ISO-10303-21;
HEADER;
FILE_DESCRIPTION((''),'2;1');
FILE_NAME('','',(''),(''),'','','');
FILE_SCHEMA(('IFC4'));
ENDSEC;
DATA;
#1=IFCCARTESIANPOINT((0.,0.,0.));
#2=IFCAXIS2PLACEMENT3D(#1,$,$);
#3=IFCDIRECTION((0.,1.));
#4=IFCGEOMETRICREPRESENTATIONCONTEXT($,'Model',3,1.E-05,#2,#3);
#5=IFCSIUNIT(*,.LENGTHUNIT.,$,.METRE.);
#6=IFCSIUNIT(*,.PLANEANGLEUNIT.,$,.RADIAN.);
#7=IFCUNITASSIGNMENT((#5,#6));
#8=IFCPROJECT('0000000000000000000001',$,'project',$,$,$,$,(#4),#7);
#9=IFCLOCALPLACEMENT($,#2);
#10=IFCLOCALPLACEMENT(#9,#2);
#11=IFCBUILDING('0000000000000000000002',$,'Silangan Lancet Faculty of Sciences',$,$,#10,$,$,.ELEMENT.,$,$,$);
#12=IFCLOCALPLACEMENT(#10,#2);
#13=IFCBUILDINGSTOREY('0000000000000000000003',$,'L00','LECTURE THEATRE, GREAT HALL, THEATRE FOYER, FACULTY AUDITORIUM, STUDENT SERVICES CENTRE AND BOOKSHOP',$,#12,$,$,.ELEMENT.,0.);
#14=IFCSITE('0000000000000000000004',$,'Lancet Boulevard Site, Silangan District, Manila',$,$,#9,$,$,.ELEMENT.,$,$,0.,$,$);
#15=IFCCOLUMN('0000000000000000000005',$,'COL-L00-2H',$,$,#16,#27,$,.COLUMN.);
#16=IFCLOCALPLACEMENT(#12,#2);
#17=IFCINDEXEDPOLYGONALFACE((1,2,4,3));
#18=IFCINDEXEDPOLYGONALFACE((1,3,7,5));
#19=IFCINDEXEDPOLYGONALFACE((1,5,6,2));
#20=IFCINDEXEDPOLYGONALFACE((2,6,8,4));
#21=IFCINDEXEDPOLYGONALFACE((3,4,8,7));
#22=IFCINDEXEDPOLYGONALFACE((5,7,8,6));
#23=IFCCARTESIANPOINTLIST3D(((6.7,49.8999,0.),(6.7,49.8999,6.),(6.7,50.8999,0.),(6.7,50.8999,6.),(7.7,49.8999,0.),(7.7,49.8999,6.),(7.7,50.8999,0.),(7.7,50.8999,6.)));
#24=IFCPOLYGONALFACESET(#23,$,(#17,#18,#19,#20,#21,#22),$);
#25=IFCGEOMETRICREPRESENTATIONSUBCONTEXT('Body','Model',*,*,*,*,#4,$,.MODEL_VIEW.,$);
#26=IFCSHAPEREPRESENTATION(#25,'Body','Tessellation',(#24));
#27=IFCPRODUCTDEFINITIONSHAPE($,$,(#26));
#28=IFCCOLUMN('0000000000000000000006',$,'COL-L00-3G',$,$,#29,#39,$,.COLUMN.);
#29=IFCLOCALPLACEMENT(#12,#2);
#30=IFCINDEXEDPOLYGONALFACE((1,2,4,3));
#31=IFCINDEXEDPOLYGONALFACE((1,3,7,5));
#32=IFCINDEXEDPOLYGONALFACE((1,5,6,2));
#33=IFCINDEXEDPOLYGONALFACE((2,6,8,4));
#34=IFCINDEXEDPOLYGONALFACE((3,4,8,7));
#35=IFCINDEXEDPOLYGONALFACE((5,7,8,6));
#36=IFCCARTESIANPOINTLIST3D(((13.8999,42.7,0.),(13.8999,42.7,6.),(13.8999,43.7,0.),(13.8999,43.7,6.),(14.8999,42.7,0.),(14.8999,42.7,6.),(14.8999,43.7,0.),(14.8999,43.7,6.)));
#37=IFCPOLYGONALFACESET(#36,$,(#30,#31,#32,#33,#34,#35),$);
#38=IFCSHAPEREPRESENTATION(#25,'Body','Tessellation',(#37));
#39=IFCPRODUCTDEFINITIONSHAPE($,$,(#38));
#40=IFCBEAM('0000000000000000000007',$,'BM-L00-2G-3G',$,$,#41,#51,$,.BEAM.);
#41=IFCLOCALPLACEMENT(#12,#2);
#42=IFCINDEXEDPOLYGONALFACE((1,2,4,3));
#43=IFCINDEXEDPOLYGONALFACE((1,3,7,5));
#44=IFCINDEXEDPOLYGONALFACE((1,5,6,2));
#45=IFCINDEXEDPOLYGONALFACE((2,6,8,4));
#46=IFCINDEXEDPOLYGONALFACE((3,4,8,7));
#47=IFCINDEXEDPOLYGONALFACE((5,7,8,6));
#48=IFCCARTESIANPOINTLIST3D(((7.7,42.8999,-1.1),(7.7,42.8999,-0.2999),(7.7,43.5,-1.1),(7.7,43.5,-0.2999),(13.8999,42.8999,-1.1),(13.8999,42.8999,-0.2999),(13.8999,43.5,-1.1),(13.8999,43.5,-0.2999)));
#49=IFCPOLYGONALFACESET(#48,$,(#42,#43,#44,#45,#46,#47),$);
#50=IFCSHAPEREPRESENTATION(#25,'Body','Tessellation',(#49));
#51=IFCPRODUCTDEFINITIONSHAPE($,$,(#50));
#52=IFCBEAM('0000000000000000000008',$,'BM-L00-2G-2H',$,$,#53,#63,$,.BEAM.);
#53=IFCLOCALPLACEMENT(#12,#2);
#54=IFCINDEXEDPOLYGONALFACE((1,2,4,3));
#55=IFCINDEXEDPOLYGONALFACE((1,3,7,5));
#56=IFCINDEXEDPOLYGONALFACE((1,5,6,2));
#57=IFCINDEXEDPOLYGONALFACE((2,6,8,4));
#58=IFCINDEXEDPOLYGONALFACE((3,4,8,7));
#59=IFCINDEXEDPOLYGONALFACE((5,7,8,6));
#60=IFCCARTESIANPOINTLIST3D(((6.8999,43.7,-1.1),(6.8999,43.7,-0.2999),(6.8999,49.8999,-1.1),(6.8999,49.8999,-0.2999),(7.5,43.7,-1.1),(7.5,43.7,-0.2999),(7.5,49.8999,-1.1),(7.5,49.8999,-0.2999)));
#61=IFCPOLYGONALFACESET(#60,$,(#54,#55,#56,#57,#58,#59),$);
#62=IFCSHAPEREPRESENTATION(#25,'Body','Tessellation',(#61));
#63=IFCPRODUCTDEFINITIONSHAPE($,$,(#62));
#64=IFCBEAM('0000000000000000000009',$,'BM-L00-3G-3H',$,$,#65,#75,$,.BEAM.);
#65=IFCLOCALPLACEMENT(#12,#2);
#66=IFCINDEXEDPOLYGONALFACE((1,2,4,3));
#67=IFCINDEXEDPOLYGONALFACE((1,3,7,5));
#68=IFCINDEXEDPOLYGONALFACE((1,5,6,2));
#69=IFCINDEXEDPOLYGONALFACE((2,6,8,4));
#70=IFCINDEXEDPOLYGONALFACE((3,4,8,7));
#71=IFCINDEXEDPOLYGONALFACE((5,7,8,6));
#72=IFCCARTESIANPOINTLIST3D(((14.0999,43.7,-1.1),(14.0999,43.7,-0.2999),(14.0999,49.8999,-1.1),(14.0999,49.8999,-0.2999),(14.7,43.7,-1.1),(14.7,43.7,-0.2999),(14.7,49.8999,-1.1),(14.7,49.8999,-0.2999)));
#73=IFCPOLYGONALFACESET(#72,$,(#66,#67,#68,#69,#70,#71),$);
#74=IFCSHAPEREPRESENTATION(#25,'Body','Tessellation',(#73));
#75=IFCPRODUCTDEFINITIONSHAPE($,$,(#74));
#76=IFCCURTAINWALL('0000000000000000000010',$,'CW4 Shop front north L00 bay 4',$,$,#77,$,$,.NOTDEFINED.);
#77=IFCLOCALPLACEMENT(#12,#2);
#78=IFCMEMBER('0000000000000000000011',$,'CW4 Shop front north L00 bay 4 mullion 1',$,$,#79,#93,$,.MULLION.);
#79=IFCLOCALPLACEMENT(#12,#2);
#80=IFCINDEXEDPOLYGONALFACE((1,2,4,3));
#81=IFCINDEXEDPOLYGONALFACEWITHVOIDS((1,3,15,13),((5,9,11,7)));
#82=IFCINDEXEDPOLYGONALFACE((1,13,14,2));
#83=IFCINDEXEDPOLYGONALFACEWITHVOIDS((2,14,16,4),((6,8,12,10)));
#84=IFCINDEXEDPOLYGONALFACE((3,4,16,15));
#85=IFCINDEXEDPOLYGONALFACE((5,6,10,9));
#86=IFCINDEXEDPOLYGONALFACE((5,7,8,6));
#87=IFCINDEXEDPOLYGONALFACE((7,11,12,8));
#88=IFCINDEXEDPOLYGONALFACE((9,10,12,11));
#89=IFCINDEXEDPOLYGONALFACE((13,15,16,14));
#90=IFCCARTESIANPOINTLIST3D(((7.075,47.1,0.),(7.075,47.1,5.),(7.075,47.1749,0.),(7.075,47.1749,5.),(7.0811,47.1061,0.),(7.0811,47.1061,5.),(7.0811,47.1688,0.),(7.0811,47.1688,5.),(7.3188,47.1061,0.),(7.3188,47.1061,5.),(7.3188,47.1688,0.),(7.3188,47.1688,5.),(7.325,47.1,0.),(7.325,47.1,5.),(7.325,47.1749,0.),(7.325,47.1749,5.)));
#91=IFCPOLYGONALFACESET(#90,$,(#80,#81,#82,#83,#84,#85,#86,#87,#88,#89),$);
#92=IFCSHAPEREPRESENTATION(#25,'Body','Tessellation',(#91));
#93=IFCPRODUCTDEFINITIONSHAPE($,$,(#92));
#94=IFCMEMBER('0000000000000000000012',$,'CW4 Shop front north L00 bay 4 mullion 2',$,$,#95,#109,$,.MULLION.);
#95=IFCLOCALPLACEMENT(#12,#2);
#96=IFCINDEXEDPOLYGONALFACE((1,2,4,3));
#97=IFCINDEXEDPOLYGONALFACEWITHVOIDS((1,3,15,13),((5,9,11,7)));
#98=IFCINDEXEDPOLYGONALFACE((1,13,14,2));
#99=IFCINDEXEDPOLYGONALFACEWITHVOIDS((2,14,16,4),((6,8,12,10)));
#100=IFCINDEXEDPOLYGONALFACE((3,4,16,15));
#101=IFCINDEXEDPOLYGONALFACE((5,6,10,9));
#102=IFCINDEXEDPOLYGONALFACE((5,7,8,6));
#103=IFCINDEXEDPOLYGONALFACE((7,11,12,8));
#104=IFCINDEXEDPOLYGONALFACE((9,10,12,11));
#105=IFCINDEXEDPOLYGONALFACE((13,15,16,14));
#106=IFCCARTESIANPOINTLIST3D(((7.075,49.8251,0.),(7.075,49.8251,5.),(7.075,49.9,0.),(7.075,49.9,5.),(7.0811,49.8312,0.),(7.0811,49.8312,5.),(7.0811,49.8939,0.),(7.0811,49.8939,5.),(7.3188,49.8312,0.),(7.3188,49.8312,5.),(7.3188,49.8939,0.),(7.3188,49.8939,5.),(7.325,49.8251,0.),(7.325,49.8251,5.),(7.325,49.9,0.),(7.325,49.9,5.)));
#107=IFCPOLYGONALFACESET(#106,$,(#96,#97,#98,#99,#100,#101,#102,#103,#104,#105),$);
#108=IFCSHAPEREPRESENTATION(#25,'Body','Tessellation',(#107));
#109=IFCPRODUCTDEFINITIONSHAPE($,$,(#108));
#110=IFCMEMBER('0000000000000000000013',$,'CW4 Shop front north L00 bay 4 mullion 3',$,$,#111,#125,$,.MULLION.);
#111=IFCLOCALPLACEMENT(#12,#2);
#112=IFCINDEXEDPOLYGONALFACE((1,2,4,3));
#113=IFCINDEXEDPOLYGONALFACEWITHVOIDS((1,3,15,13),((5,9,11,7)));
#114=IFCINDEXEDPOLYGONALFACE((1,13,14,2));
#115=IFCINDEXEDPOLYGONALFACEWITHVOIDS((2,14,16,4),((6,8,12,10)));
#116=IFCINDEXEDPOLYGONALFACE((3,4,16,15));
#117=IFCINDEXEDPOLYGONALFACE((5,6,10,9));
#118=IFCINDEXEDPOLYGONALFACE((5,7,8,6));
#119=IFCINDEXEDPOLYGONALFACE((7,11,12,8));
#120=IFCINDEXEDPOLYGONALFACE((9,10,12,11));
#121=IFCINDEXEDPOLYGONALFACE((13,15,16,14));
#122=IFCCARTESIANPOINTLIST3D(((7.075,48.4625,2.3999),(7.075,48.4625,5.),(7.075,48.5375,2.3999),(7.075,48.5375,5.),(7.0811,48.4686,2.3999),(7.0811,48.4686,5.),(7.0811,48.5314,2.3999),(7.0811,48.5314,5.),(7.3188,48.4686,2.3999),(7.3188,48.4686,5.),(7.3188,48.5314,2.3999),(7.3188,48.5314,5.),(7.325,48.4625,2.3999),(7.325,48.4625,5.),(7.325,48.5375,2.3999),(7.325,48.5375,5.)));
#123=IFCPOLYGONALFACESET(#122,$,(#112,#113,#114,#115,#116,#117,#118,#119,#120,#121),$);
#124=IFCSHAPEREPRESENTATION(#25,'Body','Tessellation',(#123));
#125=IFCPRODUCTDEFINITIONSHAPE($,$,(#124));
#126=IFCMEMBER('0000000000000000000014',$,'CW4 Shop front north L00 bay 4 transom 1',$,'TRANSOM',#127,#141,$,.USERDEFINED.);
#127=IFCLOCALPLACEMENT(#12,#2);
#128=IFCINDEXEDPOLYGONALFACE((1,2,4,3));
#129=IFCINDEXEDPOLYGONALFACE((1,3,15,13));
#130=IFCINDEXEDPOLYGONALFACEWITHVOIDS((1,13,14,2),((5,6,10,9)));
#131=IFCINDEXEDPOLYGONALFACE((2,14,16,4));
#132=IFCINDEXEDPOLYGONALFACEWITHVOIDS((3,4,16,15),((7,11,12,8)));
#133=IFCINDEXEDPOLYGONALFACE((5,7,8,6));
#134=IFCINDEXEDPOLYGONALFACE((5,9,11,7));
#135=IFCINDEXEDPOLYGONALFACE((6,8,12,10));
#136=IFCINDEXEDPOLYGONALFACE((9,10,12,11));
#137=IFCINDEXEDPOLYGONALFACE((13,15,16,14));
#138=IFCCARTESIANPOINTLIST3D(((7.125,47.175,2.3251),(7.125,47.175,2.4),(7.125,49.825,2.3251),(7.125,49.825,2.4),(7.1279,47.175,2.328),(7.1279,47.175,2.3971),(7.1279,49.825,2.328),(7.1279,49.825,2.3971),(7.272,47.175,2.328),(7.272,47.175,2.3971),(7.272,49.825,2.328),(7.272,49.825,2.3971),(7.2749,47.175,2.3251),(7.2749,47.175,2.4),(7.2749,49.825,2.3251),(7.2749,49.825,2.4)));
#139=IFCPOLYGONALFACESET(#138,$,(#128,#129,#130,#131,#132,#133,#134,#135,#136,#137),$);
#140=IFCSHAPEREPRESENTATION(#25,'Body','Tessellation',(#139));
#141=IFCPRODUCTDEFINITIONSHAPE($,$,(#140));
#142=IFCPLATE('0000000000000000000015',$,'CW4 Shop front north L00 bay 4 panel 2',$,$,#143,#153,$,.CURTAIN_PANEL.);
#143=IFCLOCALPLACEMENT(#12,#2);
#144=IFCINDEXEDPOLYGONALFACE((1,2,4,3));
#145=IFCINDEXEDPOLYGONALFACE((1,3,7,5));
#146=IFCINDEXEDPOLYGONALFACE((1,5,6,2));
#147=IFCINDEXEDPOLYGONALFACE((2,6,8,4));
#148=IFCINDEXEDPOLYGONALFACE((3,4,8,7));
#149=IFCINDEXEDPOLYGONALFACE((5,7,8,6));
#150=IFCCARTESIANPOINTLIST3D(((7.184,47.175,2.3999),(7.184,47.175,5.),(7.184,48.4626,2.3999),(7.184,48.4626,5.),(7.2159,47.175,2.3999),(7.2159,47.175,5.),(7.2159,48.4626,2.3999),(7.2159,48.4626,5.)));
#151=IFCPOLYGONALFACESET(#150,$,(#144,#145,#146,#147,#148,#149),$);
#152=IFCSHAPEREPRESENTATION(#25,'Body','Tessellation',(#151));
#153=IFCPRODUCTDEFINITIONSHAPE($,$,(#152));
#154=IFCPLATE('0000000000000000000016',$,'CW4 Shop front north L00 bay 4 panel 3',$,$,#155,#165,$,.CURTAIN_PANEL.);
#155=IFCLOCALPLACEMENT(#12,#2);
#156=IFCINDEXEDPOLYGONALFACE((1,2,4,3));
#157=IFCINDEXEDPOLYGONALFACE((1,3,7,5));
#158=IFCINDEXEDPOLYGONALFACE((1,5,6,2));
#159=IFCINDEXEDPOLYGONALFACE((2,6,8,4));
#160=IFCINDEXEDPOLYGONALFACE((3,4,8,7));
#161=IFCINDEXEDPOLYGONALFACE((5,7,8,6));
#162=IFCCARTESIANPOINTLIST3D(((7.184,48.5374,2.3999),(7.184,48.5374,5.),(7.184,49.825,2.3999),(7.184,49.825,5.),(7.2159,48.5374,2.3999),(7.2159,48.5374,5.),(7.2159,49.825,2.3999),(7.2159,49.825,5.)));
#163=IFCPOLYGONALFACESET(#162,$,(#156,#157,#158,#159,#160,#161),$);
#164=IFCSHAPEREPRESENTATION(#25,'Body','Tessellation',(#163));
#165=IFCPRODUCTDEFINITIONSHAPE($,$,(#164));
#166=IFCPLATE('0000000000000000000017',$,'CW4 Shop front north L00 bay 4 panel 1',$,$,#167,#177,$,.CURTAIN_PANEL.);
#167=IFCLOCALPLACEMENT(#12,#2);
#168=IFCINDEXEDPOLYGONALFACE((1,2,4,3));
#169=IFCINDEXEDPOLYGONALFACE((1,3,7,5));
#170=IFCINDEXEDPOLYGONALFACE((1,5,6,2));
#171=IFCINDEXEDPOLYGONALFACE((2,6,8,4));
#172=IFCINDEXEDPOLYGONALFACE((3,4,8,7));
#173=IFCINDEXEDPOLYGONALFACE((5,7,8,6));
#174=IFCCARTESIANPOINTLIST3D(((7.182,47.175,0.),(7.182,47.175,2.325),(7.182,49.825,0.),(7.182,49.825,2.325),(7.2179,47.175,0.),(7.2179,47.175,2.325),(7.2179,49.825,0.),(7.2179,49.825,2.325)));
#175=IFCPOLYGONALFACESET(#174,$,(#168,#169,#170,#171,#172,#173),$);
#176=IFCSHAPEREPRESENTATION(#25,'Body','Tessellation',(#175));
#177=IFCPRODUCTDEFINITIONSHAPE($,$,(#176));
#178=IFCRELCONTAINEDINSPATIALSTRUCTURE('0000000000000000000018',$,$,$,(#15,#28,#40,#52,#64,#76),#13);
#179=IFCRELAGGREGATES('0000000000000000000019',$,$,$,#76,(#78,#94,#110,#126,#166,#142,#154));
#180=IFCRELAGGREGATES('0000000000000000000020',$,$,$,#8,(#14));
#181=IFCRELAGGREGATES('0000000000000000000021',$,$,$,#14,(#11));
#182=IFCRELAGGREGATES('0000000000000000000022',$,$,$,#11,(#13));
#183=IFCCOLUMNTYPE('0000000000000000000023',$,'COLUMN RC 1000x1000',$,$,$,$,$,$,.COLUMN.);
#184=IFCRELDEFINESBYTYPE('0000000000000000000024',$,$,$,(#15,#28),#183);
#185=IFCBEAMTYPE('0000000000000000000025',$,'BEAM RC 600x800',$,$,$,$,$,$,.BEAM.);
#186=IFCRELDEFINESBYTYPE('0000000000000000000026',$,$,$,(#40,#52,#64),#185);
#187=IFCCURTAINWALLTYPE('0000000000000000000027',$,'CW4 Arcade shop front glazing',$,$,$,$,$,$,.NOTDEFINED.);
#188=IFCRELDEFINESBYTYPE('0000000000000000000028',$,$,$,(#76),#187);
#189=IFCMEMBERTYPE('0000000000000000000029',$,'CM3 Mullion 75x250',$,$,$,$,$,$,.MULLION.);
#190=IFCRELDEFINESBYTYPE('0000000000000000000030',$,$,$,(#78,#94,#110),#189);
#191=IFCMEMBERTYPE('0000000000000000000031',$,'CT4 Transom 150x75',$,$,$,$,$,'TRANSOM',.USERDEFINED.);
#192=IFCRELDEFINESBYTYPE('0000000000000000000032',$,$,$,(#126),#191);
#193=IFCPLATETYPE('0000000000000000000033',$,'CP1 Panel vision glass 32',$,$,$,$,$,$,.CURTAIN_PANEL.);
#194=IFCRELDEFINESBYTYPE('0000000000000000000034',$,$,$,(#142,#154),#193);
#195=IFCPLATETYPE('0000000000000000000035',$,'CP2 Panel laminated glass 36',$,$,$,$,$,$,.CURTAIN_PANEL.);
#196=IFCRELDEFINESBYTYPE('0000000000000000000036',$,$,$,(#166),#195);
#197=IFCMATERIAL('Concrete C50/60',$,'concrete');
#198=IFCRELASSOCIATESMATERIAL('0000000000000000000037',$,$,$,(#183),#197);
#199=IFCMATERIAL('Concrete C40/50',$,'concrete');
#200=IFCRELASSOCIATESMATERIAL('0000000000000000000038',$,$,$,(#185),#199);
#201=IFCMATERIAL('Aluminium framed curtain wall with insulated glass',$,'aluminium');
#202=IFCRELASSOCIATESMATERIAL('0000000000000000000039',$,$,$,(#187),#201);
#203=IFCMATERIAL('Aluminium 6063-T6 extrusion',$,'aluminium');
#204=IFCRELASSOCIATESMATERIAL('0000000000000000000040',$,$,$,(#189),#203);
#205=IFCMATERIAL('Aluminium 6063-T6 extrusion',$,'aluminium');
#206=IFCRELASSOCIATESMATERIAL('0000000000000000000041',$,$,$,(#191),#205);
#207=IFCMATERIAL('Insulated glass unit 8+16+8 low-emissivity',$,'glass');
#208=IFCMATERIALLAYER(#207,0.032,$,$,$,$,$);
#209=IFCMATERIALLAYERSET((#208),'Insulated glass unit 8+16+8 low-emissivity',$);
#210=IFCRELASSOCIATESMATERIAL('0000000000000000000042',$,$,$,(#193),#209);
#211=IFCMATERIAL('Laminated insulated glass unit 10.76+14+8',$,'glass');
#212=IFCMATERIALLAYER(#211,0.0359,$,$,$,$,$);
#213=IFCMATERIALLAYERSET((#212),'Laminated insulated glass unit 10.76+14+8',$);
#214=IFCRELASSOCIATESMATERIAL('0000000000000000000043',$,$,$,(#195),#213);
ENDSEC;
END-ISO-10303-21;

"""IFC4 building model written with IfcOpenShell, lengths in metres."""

from ifc_helpers import new_model, si_unit, direction, frame, origin, origin_2d, place, context, subcontext, project, spatial, rectangle, hollow_rectangle, extrude, material, layer, layer_set, material_profile, profile_set, type_object, element, aggregate, save


model = new_model("IFC4")

# Units and contexts
model_context = context("Model", 3, precision=1e-05, world=origin(), true_north=direction((0.0, 1.0)))
body_context = subcontext(model_context, "Body", "Model", "MODEL_VIEW")
ifc_project = project(units=[si_unit("LENGTHUNIT", "METRE"), si_unit("PLANEANGLEUNIT", "RADIAN")], contexts=[model_context])

# Site, building, storey
site_placement = place(None, origin())
site = spatial("IfcSite", under=ifc_project, at=site_placement, Name="Lancet Boulevard Site, Silangan District, Manila", CompositionType="ELEMENT", RefElevation=0.0)
building_placement = place(site_placement, origin())
building = spatial("IfcBuilding", under=site, at=building_placement, Name="Silangan Lancet Faculty of Sciences", CompositionType="ELEMENT")
storey_placement = place(building_placement, origin())
storey = spatial("IfcBuildingStorey", under=building, at=storey_placement, Name="L00", Description="LECTURE THEATRE, GREAT HALL, THEATRE FOYER, FACULTY AUDITORIUM, STUDENT SERVICES CENTRE AND BOOKSHOP", CompositionType="ELEMENT", Elevation=0.0)

# Columns
ifc_material_1 = material(Name="Concrete C50/60", Category="concrete")
ifc_material_profile_1 = material_profile(ifc_material_1, rectangle(XDim=1.0, YDim=1.0, at=origin_2d()), Name="RC 1000x1000")
ifc_profile_set_1 = profile_set([ifc_material_profile_1], Name="Concrete C50/60")
column_type = type_object("IfcColumnType", Name="COLUMN RC 1000x1000", PredefinedType="COLUMN", material=ifc_profile_set_1)
for number, where, z_axis, x_axis, name in (
    (1, (7.2, 50.3999, 0.0), (0.0, 0.0, 1.0), (1.0, 0.0, 0.0), "COL-L00-2H"),
    (2, (14.3999, 43.2, 0.0), (0.0, 0.0, 1.0), (1.0, 0.0, 0.0), "COL-L00-3G"),
):
    element("IfcColumn", number, at=place(storey_placement, frame(where, z_axis=z_axis, x_axis=x_axis)), inside=storey, type_object=column_type, Name=name, PredefinedType="COLUMN", context=body_context, shape_type="SweptSolid", body=[
        extrude(rectangle(XDim=1.0, YDim=1.0, at=origin_2d()), origin(), (0.0, 0.0, 1.0), 6.0),
    ])

# Beams
ifc_material_2 = material(Name="Concrete C40/50", Category="concrete")
ifc_material_profile_2 = material_profile(ifc_material_2, rectangle(XDim=0.6001, YDim=0.8, at=origin_2d()), Name="RC 600x800")
ifc_profile_set_2 = profile_set([ifc_material_profile_2], Name="Concrete C40/50")
beam_type = type_object("IfcBeamType", Name="BEAM RC 600x800", PredefinedType="BEAM", material=ifc_profile_set_2)
for number, where, z_axis, x_axis, name in (
    (3, (7.7, 43.2, -0.7), (1.0, 0.0, 0.0), (0.0, 1.0, 0.0), "BM-L00-2G-3G"),
    (4, (7.2, 43.7, -0.7), (0.0, 1.0, 0.0), (-1.0, 0.0, 0.0), "BM-L00-2G-2H"),
    (5, (14.3999, 43.7, -0.7), (0.0, 1.0, 0.0), (-1.0, 0.0, 0.0), "BM-L00-3G-3H"),
):
    element("IfcBeam", number, at=place(storey_placement, frame(where, z_axis=z_axis, x_axis=x_axis)), inside=storey, type_object=beam_type, Name=name, PredefinedType="BEAM", context=body_context, shape_type="SweptSolid", body=[
        extrude(rectangle(XDim=0.6001, YDim=0.8, at=origin_2d()), origin(), (0.0, 0.0, 1.0), 6.2),
    ])

# Curtain wall, members, plates
ifc_material_3 = material(Name="Aluminium framed curtain wall with insulated glass", Category="aluminium")
curtain_wall_type = type_object("IfcCurtainWallType", Name="CW4 Arcade shop front glazing", PredefinedType="NOTDEFINED", material=ifc_material_3)
curtain_wall_placement = place(storey_placement, origin())
curtain_wall = element("IfcCurtainWall", 6, at=curtain_wall_placement, inside=storey, type_object=curtain_wall_type, Name="CW4 Shop front north L00 bay 4", PredefinedType="NOTDEFINED")
ifc_material_4 = material(Name="Aluminium 6063-T6 extrusion", Category="aluminium")
ifc_material_profile_3 = material_profile(ifc_material_4, hollow_rectangle(XDim=0.075, YDim=0.25, WallThickness=0.0061, at=origin_2d()), Name="AL BOX 75x250x6")
ifc_profile_set_3 = profile_set([ifc_material_profile_3], Name="Aluminium 6063-T6 extrusion")
member_type_1 = type_object("IfcMemberType", Name="CM3 Mullion 75x250", PredefinedType="MULLION", material=ifc_profile_set_3)
member_1_placement = place(storey_placement, frame((7.2, 47.1375, 0.0), z_axis=(0.0, 0.0, 1.0), x_axis=(0.0, 1.0, 0.0)))
member_1 = element("IfcMember", 7, at=member_1_placement, type_object=member_type_1, Name="CW4 Shop front north L00 bay 4 mullion 1", PredefinedType="MULLION", context=body_context, shape_type="SweptSolid", body=[
    extrude(hollow_rectangle(XDim=0.075, YDim=0.25, WallThickness=0.0061, at=origin_2d()), origin(), (0.0, 0.0, 1.0), 5.0),
])
member_2_placement = place(storey_placement, frame((7.2, 49.8625, 0.0), z_axis=(0.0, 0.0, 1.0), x_axis=(0.0, 1.0, 0.0)))
member_2 = element("IfcMember", 8, at=member_2_placement, type_object=member_type_1, Name="CW4 Shop front north L00 bay 4 mullion 2", PredefinedType="MULLION", context=body_context, shape_type="SweptSolid", body=[
    extrude(hollow_rectangle(XDim=0.075, YDim=0.25, WallThickness=0.0061, at=origin_2d()), origin(), (0.0, 0.0, 1.0), 5.0),
])
member_3_placement = place(storey_placement, frame((7.2, 48.5, 2.3999), z_axis=(0.0, 0.0, 1.0), x_axis=(0.0, 1.0, 0.0)))
member_3 = element("IfcMember", 9, at=member_3_placement, type_object=member_type_1, Name="CW4 Shop front north L00 bay 4 mullion 3", PredefinedType="MULLION", context=body_context, shape_type="SweptSolid", body=[
    extrude(hollow_rectangle(XDim=0.075, YDim=0.25, WallThickness=0.0061, at=origin_2d()), origin(), (0.0, 0.0, 1.0), 2.6001),
])
ifc_material_5 = material(Name="Aluminium 6063-T6 extrusion", Category="aluminium")
ifc_material_profile_4 = material_profile(ifc_material_5, hollow_rectangle(XDim=0.1499, YDim=0.075, WallThickness=0.0029, at=origin_2d()), Name="AL BOX 150x75x3")
ifc_profile_set_4 = profile_set([ifc_material_profile_4], Name="Aluminium 6063-T6 extrusion")
member_type_2 = type_object("IfcMemberType", Name="CT4 Transom 150x75", ElementType="TRANSOM", PredefinedType="USERDEFINED", material=ifc_profile_set_4)
member_4_placement = place(storey_placement, frame((7.2, 47.175, 2.3625), z_axis=(0.0, 1.0, 0.0), x_axis=(-1.0, 0.0, 0.0)))
member_4 = element("IfcMember", 10, at=member_4_placement, type_object=member_type_2, Name="CW4 Shop front north L00 bay 4 transom 1", ObjectType="TRANSOM", PredefinedType="USERDEFINED", context=body_context, shape_type="SweptSolid", body=[
    extrude(hollow_rectangle(XDim=0.1499, YDim=0.075, WallThickness=0.0029, at=origin_2d()), origin(), (0.0, 0.0, 1.0), 2.6499),
])
ifc_material_6 = material(Name="Insulated glass unit 8+16+8 low-emissivity", Category="glass")
ifc_layer_1 = layer(ifc_material_6, 0.032)
ifc_layer_set_1 = layer_set([ifc_layer_1], Name="Insulated glass unit 8+16+8 low-emissivity")
plate_type_1 = type_object("IfcPlateType", Name="CP1 Panel vision glass 32", PredefinedType="CURTAIN_PANEL", material=ifc_layer_set_1)
plate_1_placement = place(storey_placement, frame((7.2, 47.8188, 2.3999), z_axis=(0.0, 0.0, 1.0), x_axis=(0.0, 1.0, 0.0)))
plate_1 = element("IfcPlate", 11, at=plate_1_placement, type_object=plate_type_1, Name="CW4 Shop front north L00 bay 4 panel 2", PredefinedType="CURTAIN_PANEL", context=body_context, shape_type="SweptSolid", body=[
    extrude(rectangle(XDim=1.2876, YDim=0.032, at=origin_2d()), origin(), (0.0, 0.0, 1.0), 2.6001),
])
plate_2_placement = place(storey_placement, frame((7.2, 49.1812, 2.3999), z_axis=(0.0, 0.0, 1.0), x_axis=(0.0, 1.0, 0.0)))
plate_2 = element("IfcPlate", 12, at=plate_2_placement, type_object=plate_type_1, Name="CW4 Shop front north L00 bay 4 panel 3", PredefinedType="CURTAIN_PANEL", context=body_context, shape_type="SweptSolid", body=[
    extrude(rectangle(XDim=1.2876, YDim=0.032, at=origin_2d()), origin(), (0.0, 0.0, 1.0), 2.6001),
])
ifc_material_7 = material(Name="Laminated insulated glass unit 10.76+14+8", Category="glass")
ifc_layer_2 = layer(ifc_material_7, 0.0359)
ifc_layer_set_2 = layer_set([ifc_layer_2], Name="Laminated insulated glass unit 10.76+14+8")
plate_type_2 = type_object("IfcPlateType", Name="CP2 Panel laminated glass 36", PredefinedType="CURTAIN_PANEL", material=ifc_layer_set_2)
plate_3_placement = place(storey_placement, frame((7.2, 48.5, 0.0), z_axis=(0.0, 0.0, 1.0), x_axis=(0.0, 1.0, 0.0)))
plate_3 = element("IfcPlate", 13, at=plate_3_placement, type_object=plate_type_2, Name="CW4 Shop front north L00 bay 4 panel 1", PredefinedType="CURTAIN_PANEL", context=body_context, shape_type="SweptSolid", body=[
    extrude(rectangle(XDim=2.6499, YDim=0.0359, at=origin_2d()), origin(), (0.0, 0.0, 1.0), 2.325),
])
aggregate(curtain_wall, [member_1, member_2, member_3, member_4, plate_3, plate_1, plate_2])

save(model, "model.ifc")
